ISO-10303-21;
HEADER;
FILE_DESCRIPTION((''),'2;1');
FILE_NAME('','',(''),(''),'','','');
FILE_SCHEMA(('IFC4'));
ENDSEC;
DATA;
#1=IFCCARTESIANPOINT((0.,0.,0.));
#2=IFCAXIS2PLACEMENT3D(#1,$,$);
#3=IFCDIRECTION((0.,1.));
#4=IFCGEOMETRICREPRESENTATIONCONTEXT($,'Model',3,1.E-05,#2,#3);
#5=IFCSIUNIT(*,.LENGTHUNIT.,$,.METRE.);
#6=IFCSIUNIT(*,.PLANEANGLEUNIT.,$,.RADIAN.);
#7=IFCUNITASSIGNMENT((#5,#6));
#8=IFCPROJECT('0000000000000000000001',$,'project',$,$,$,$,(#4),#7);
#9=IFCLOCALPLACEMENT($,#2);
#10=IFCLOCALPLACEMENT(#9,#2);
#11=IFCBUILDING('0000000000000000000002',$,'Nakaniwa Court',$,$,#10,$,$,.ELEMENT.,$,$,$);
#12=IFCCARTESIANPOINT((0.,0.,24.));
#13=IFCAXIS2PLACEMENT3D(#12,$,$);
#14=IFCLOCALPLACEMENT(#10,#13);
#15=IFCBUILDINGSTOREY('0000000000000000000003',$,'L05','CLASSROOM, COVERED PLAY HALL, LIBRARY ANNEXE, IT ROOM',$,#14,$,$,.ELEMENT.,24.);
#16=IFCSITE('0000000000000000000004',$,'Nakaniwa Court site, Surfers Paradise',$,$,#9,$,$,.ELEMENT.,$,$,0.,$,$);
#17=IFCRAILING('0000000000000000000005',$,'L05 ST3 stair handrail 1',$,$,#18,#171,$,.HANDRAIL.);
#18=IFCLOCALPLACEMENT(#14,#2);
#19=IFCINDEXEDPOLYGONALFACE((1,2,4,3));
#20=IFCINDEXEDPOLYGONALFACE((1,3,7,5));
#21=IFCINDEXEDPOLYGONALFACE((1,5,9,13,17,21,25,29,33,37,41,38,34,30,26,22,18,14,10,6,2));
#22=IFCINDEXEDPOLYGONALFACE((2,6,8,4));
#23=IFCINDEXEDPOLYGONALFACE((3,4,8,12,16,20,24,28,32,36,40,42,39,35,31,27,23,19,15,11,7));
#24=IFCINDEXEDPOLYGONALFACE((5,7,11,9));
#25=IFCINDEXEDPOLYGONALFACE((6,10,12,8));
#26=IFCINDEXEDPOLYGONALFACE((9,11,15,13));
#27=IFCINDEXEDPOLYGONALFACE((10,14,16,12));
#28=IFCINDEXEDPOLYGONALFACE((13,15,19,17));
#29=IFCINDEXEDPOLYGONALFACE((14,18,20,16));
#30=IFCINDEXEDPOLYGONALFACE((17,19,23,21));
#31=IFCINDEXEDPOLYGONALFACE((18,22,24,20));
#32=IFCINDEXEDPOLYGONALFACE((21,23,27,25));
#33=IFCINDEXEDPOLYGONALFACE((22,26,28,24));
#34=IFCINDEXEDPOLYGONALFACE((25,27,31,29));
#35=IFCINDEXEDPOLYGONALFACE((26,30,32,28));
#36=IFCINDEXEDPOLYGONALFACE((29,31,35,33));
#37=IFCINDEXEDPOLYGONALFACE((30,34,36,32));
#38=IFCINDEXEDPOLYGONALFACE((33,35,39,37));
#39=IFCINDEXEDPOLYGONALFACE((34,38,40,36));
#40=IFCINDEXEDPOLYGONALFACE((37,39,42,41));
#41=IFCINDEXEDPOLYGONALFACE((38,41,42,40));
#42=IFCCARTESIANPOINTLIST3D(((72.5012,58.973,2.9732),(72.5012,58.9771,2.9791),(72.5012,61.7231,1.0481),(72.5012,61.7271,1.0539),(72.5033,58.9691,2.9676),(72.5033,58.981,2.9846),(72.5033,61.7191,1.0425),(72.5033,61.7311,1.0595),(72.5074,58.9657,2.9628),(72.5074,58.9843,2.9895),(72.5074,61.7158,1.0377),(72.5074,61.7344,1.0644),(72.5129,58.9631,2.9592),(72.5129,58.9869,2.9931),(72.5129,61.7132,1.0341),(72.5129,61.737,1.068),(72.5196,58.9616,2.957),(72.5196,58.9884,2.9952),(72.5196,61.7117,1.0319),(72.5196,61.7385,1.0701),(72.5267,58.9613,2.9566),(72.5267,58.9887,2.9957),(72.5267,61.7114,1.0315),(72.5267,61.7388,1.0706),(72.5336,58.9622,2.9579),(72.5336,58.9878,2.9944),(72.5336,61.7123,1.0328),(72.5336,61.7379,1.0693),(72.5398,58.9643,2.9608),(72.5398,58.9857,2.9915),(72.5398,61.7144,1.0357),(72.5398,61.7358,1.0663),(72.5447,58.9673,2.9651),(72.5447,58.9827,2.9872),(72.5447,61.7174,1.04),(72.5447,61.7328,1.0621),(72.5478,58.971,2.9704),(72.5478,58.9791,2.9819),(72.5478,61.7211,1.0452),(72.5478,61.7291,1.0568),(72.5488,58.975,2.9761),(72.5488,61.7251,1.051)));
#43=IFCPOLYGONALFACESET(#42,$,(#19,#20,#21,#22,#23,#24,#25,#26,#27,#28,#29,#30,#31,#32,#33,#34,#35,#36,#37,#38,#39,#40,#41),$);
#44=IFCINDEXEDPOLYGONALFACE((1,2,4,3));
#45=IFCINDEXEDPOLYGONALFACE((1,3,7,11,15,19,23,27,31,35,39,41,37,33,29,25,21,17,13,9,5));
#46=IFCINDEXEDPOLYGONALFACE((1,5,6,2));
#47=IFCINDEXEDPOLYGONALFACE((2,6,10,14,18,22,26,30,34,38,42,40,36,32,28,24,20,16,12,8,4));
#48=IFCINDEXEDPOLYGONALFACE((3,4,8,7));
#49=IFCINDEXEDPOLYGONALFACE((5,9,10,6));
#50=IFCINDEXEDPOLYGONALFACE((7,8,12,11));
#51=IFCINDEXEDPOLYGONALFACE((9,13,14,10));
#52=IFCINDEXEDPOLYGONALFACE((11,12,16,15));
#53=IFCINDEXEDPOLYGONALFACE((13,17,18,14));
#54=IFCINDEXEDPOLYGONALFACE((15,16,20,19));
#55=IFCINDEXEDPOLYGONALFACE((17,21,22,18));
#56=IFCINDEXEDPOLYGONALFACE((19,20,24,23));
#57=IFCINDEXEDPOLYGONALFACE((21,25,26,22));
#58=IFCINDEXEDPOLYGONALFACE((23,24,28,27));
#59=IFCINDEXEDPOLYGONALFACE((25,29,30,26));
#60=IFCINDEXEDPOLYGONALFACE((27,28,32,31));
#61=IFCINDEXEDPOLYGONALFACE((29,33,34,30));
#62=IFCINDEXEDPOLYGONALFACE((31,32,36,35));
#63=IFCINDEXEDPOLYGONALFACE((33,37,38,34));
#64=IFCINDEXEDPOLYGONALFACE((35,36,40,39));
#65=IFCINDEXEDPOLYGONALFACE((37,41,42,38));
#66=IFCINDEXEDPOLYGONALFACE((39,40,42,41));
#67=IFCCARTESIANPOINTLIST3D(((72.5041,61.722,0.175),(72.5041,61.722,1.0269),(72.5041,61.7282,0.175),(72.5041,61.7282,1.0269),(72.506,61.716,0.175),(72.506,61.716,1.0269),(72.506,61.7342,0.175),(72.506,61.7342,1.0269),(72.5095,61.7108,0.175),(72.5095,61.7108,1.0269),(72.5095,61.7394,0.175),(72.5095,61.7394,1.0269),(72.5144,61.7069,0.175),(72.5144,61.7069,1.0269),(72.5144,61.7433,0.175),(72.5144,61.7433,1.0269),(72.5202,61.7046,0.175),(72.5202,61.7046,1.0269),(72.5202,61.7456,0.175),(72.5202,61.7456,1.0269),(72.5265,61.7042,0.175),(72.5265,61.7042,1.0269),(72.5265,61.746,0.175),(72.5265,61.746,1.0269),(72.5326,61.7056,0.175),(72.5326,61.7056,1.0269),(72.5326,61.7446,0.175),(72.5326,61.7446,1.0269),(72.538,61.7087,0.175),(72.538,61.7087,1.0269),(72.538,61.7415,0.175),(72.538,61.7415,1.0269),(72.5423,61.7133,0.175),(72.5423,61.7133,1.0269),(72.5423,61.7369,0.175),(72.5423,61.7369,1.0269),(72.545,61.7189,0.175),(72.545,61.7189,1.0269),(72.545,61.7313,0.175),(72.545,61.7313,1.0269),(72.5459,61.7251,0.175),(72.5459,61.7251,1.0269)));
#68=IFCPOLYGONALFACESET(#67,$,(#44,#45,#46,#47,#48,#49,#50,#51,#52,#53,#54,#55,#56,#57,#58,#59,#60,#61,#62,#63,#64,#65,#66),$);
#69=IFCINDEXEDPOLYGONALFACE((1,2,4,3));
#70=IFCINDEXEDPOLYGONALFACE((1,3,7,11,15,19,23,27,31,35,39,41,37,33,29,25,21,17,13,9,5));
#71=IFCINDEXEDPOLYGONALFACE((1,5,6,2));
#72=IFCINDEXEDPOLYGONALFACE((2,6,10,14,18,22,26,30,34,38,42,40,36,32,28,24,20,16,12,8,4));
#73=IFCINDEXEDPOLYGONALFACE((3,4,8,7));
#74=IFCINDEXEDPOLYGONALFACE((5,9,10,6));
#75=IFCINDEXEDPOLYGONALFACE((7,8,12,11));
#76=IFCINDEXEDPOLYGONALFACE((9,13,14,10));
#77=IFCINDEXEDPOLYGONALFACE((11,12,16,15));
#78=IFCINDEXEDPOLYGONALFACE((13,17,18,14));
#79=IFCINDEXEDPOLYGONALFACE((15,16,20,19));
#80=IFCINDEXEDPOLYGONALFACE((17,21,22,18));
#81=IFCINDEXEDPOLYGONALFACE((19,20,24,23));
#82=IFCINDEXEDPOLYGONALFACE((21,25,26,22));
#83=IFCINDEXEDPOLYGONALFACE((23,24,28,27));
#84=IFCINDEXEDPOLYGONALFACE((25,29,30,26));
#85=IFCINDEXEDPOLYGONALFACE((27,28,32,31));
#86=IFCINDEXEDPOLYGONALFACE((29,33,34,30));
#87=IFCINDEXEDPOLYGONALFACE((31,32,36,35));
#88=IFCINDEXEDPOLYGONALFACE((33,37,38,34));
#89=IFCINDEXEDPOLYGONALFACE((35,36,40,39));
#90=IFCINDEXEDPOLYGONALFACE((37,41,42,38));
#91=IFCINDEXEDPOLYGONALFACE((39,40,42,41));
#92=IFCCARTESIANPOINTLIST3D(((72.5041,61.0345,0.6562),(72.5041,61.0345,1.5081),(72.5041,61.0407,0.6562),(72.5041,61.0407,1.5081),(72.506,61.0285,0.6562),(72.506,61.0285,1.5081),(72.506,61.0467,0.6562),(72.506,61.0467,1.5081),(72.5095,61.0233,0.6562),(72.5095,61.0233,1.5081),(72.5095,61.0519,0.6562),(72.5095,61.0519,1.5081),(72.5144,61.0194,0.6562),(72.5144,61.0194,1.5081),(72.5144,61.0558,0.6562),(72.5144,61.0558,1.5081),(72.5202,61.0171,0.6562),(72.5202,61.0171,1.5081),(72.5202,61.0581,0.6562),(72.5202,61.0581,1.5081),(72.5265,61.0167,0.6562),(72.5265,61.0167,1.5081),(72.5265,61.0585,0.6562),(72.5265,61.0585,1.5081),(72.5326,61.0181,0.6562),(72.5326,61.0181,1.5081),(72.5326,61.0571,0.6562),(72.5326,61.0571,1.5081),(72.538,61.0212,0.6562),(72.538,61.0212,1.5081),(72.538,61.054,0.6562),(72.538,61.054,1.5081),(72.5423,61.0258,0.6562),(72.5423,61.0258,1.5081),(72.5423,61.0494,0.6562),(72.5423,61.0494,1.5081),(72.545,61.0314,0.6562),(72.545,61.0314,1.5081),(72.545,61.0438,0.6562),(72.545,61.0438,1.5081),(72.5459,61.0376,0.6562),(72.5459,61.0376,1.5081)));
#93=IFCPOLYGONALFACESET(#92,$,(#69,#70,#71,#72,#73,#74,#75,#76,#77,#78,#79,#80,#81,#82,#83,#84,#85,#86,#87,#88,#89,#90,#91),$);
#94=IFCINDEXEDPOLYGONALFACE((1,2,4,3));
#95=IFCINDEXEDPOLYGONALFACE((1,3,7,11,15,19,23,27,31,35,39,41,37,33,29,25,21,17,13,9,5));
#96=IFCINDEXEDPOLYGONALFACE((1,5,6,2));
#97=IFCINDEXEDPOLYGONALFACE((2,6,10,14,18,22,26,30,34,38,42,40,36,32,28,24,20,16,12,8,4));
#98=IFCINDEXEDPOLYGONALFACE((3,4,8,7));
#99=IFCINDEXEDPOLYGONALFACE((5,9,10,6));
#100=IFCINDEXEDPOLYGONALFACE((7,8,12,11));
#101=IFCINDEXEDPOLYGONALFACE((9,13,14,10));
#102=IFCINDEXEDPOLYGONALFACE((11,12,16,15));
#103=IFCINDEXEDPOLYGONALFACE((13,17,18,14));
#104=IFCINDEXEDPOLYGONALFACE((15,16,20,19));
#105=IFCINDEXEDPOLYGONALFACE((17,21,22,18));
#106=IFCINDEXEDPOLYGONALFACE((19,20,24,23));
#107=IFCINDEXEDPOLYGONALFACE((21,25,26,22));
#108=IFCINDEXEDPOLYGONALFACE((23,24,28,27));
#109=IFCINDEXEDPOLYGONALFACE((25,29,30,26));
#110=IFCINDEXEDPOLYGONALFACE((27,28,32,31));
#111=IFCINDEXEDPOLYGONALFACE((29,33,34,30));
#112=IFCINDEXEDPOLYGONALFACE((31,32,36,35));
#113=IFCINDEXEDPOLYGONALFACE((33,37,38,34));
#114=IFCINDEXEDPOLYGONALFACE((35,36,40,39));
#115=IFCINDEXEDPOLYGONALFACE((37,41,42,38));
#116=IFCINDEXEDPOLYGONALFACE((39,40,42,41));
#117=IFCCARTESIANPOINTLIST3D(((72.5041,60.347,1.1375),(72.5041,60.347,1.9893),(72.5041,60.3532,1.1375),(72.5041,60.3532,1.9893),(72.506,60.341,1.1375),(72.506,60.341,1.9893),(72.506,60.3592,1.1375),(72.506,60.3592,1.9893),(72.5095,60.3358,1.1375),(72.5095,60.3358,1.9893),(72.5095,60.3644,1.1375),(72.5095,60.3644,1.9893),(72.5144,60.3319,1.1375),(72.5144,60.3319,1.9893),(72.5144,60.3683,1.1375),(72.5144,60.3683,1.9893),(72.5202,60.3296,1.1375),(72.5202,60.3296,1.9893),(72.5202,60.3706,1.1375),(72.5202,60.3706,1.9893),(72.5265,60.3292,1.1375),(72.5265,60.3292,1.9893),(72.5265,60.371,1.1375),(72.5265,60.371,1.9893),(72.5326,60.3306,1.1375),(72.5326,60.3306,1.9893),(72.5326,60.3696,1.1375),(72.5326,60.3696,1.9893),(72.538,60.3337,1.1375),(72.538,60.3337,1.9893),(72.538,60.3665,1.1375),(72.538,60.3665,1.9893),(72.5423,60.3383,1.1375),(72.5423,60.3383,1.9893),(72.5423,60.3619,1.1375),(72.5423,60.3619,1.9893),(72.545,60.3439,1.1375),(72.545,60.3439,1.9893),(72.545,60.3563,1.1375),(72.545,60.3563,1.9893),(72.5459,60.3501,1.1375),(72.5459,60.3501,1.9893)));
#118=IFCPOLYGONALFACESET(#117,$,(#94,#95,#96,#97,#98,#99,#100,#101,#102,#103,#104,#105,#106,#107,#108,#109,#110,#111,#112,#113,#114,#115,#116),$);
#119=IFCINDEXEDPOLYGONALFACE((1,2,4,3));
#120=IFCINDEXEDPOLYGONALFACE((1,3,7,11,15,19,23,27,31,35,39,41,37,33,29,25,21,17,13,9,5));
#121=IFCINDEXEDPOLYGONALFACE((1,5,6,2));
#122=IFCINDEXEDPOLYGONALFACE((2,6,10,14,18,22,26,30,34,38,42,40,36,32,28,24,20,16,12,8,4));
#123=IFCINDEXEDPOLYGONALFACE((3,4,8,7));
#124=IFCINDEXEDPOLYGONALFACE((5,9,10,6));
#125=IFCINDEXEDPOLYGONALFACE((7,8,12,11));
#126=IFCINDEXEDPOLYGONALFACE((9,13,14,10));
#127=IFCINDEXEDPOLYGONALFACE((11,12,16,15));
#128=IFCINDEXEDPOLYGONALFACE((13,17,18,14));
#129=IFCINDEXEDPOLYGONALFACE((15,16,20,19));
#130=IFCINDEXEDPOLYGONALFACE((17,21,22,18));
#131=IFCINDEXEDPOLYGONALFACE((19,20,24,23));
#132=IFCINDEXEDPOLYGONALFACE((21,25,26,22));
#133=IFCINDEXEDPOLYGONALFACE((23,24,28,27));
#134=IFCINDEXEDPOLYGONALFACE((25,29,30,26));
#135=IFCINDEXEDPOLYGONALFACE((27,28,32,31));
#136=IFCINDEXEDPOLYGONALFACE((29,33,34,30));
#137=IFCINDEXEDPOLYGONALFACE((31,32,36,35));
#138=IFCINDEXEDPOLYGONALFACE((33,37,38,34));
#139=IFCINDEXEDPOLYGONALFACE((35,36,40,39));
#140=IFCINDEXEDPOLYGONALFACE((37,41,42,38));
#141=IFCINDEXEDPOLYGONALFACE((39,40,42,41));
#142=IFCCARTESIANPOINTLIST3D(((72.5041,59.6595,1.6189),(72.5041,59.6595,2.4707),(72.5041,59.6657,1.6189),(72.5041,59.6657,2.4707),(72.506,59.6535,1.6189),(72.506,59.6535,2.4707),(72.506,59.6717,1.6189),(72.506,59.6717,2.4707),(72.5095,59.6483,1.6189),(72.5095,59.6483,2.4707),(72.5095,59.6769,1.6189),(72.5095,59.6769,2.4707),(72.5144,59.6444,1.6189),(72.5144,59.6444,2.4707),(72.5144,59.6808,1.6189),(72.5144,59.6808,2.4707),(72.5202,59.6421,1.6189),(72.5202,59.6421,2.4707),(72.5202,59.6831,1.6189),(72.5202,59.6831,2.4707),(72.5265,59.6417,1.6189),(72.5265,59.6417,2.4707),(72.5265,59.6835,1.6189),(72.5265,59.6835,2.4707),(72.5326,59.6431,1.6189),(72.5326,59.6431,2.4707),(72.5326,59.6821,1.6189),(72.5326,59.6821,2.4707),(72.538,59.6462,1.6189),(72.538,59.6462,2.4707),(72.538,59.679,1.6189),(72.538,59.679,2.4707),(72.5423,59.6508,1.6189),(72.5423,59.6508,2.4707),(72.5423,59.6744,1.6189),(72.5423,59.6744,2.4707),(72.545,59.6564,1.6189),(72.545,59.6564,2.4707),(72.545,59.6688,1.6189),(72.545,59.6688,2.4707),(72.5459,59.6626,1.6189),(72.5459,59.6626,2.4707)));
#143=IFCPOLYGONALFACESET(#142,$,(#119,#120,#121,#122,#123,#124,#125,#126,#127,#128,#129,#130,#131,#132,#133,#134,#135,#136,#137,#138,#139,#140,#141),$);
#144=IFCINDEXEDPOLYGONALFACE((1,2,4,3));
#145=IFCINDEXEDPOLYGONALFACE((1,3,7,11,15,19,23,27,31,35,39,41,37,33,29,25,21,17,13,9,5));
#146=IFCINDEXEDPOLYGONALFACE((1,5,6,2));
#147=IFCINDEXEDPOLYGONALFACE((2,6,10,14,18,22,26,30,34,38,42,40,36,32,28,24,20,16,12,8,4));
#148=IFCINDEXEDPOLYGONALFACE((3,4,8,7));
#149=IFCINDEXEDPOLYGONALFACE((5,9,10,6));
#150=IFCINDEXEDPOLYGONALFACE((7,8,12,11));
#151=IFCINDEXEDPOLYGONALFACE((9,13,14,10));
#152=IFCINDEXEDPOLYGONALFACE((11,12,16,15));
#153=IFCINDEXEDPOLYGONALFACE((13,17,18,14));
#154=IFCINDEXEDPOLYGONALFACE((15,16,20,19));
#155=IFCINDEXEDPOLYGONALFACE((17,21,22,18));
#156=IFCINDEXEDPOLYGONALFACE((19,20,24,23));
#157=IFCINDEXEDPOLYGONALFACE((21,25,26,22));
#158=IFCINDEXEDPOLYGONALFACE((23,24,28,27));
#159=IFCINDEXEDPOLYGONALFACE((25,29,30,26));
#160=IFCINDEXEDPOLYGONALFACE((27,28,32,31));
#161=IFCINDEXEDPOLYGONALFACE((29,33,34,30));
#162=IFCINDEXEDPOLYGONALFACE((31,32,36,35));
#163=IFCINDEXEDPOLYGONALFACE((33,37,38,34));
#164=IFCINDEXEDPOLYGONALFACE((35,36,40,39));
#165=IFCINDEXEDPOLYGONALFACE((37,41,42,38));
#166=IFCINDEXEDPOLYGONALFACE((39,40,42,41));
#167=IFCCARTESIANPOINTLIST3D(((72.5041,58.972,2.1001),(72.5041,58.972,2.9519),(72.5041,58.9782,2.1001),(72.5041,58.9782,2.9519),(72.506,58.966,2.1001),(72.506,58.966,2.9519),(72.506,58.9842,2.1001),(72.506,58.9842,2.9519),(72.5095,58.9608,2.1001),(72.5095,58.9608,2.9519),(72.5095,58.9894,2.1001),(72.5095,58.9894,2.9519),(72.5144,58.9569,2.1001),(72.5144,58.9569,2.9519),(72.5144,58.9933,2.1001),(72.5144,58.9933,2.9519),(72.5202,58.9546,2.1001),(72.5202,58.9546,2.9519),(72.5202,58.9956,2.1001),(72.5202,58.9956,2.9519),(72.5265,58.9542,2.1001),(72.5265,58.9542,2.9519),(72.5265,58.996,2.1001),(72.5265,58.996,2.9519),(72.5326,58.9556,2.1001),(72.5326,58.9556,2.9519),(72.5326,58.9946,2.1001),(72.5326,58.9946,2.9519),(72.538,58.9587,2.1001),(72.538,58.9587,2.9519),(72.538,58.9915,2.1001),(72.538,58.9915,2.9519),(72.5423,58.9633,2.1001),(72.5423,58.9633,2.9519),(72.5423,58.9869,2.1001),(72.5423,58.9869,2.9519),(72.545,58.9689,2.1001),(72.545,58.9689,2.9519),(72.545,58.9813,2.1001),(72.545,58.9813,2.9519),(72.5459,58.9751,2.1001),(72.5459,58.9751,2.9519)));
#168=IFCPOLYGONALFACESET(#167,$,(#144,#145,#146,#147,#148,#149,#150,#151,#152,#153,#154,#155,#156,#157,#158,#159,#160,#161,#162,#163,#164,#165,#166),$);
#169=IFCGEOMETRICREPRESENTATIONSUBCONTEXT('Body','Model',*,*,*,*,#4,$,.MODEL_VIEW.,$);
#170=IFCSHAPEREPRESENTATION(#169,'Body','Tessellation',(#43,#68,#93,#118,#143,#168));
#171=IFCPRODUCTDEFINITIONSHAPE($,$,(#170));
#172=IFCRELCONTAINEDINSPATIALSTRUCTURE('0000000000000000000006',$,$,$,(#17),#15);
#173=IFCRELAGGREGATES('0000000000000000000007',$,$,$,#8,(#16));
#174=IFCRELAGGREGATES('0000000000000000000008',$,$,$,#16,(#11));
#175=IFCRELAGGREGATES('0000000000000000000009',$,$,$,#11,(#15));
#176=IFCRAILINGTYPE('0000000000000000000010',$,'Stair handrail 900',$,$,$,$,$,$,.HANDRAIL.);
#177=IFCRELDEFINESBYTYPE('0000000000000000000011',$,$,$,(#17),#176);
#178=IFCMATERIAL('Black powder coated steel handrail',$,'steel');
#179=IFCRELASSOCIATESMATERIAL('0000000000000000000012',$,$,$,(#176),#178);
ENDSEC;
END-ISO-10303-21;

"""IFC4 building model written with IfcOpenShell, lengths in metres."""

from ifc_helpers import new_model, si_unit, direction, frame, origin, origin_2d, place, context, subcontext, project, spatial, circle, extrude, material, type_object, element, save


model = new_model("IFC4")

# Units and contexts
model_context = context("Model", 3, precision=1e-05, world=origin(), true_north=direction((0.0, 1.0)))
body_context = subcontext(model_context, "Body", "Model", "MODEL_VIEW")
ifc_project = project(units=[si_unit("LENGTHUNIT", "METRE"), si_unit("PLANEANGLEUNIT", "RADIAN")], contexts=[model_context])

# Site, building, storey
site_placement = place(None, origin())
site = spatial("IfcSite", under=ifc_project, at=site_placement, Name="Nakaniwa Court site, Surfers Paradise", CompositionType="ELEMENT", RefElevation=0.0)
building_placement = place(site_placement, origin())
building = spatial("IfcBuilding", under=site, at=building_placement, Name="Nakaniwa Court", CompositionType="ELEMENT")
storey_placement = place(building_placement, frame((0.0, 0.0, 24.0)))
storey = spatial("IfcBuildingStorey", under=building, at=storey_placement, Name="L05", Description="CLASSROOM, COVERED PLAY HALL, LIBRARY ANNEXE, IT ROOM", CompositionType="ELEMENT", Elevation=24.0)

# Railing
ifc_material_1 = material(Name="Black powder coated steel handrail", Category="steel")
railing_type_1 = type_object("IfcRailingType", Name="Stair handrail 900", PredefinedType="HANDRAIL", material=ifc_material_1)
railing_1_placement = place(storey_placement, frame((72.5249, 61.7251, 0.175)))
element("IfcRailing", 1, at=railing_1_placement, inside=storey, type_object=railing_type_1, Name="L05 ST3 stair handrail 1", PredefinedType="HANDRAIL", context=body_context, shape_type="SweptSolid", body=[
    extrude(circle(Radius=0.0239, at=origin_2d()), frame((0.0, 0.0, 0.876), z_axis=(0.0, -0.819225, 0.573472), x_axis=(1.0, 0.0, 0.0)), (0.0, 0.0, 1.0), 3.3569),
    extrude(circle(Radius=0.021, at=origin_2d()), origin(), (0.0, 0.0, 1.0), 0.8518),
    extrude(circle(Radius=0.021, at=origin_2d()), frame((0.0, -0.6875, 0.4812)), (0.0, 0.0, 1.0), 0.8518),
    extrude(circle(Radius=0.021, at=origin_2d()), frame((0.0, -1.375, 0.9624)), (0.0, 0.0, 1.0), 0.8518),
    extrude(circle(Radius=0.021, at=origin_2d()), frame((0.0, -2.0625, 1.4438)), (0.0, 0.0, 1.0), 0.8518),
    extrude(circle(Radius=0.021, at=origin_2d()), frame((0.0, -2.75, 1.925)), (0.0, 0.0, 1.0), 0.8518),
])

save(model, "model.ifc")
